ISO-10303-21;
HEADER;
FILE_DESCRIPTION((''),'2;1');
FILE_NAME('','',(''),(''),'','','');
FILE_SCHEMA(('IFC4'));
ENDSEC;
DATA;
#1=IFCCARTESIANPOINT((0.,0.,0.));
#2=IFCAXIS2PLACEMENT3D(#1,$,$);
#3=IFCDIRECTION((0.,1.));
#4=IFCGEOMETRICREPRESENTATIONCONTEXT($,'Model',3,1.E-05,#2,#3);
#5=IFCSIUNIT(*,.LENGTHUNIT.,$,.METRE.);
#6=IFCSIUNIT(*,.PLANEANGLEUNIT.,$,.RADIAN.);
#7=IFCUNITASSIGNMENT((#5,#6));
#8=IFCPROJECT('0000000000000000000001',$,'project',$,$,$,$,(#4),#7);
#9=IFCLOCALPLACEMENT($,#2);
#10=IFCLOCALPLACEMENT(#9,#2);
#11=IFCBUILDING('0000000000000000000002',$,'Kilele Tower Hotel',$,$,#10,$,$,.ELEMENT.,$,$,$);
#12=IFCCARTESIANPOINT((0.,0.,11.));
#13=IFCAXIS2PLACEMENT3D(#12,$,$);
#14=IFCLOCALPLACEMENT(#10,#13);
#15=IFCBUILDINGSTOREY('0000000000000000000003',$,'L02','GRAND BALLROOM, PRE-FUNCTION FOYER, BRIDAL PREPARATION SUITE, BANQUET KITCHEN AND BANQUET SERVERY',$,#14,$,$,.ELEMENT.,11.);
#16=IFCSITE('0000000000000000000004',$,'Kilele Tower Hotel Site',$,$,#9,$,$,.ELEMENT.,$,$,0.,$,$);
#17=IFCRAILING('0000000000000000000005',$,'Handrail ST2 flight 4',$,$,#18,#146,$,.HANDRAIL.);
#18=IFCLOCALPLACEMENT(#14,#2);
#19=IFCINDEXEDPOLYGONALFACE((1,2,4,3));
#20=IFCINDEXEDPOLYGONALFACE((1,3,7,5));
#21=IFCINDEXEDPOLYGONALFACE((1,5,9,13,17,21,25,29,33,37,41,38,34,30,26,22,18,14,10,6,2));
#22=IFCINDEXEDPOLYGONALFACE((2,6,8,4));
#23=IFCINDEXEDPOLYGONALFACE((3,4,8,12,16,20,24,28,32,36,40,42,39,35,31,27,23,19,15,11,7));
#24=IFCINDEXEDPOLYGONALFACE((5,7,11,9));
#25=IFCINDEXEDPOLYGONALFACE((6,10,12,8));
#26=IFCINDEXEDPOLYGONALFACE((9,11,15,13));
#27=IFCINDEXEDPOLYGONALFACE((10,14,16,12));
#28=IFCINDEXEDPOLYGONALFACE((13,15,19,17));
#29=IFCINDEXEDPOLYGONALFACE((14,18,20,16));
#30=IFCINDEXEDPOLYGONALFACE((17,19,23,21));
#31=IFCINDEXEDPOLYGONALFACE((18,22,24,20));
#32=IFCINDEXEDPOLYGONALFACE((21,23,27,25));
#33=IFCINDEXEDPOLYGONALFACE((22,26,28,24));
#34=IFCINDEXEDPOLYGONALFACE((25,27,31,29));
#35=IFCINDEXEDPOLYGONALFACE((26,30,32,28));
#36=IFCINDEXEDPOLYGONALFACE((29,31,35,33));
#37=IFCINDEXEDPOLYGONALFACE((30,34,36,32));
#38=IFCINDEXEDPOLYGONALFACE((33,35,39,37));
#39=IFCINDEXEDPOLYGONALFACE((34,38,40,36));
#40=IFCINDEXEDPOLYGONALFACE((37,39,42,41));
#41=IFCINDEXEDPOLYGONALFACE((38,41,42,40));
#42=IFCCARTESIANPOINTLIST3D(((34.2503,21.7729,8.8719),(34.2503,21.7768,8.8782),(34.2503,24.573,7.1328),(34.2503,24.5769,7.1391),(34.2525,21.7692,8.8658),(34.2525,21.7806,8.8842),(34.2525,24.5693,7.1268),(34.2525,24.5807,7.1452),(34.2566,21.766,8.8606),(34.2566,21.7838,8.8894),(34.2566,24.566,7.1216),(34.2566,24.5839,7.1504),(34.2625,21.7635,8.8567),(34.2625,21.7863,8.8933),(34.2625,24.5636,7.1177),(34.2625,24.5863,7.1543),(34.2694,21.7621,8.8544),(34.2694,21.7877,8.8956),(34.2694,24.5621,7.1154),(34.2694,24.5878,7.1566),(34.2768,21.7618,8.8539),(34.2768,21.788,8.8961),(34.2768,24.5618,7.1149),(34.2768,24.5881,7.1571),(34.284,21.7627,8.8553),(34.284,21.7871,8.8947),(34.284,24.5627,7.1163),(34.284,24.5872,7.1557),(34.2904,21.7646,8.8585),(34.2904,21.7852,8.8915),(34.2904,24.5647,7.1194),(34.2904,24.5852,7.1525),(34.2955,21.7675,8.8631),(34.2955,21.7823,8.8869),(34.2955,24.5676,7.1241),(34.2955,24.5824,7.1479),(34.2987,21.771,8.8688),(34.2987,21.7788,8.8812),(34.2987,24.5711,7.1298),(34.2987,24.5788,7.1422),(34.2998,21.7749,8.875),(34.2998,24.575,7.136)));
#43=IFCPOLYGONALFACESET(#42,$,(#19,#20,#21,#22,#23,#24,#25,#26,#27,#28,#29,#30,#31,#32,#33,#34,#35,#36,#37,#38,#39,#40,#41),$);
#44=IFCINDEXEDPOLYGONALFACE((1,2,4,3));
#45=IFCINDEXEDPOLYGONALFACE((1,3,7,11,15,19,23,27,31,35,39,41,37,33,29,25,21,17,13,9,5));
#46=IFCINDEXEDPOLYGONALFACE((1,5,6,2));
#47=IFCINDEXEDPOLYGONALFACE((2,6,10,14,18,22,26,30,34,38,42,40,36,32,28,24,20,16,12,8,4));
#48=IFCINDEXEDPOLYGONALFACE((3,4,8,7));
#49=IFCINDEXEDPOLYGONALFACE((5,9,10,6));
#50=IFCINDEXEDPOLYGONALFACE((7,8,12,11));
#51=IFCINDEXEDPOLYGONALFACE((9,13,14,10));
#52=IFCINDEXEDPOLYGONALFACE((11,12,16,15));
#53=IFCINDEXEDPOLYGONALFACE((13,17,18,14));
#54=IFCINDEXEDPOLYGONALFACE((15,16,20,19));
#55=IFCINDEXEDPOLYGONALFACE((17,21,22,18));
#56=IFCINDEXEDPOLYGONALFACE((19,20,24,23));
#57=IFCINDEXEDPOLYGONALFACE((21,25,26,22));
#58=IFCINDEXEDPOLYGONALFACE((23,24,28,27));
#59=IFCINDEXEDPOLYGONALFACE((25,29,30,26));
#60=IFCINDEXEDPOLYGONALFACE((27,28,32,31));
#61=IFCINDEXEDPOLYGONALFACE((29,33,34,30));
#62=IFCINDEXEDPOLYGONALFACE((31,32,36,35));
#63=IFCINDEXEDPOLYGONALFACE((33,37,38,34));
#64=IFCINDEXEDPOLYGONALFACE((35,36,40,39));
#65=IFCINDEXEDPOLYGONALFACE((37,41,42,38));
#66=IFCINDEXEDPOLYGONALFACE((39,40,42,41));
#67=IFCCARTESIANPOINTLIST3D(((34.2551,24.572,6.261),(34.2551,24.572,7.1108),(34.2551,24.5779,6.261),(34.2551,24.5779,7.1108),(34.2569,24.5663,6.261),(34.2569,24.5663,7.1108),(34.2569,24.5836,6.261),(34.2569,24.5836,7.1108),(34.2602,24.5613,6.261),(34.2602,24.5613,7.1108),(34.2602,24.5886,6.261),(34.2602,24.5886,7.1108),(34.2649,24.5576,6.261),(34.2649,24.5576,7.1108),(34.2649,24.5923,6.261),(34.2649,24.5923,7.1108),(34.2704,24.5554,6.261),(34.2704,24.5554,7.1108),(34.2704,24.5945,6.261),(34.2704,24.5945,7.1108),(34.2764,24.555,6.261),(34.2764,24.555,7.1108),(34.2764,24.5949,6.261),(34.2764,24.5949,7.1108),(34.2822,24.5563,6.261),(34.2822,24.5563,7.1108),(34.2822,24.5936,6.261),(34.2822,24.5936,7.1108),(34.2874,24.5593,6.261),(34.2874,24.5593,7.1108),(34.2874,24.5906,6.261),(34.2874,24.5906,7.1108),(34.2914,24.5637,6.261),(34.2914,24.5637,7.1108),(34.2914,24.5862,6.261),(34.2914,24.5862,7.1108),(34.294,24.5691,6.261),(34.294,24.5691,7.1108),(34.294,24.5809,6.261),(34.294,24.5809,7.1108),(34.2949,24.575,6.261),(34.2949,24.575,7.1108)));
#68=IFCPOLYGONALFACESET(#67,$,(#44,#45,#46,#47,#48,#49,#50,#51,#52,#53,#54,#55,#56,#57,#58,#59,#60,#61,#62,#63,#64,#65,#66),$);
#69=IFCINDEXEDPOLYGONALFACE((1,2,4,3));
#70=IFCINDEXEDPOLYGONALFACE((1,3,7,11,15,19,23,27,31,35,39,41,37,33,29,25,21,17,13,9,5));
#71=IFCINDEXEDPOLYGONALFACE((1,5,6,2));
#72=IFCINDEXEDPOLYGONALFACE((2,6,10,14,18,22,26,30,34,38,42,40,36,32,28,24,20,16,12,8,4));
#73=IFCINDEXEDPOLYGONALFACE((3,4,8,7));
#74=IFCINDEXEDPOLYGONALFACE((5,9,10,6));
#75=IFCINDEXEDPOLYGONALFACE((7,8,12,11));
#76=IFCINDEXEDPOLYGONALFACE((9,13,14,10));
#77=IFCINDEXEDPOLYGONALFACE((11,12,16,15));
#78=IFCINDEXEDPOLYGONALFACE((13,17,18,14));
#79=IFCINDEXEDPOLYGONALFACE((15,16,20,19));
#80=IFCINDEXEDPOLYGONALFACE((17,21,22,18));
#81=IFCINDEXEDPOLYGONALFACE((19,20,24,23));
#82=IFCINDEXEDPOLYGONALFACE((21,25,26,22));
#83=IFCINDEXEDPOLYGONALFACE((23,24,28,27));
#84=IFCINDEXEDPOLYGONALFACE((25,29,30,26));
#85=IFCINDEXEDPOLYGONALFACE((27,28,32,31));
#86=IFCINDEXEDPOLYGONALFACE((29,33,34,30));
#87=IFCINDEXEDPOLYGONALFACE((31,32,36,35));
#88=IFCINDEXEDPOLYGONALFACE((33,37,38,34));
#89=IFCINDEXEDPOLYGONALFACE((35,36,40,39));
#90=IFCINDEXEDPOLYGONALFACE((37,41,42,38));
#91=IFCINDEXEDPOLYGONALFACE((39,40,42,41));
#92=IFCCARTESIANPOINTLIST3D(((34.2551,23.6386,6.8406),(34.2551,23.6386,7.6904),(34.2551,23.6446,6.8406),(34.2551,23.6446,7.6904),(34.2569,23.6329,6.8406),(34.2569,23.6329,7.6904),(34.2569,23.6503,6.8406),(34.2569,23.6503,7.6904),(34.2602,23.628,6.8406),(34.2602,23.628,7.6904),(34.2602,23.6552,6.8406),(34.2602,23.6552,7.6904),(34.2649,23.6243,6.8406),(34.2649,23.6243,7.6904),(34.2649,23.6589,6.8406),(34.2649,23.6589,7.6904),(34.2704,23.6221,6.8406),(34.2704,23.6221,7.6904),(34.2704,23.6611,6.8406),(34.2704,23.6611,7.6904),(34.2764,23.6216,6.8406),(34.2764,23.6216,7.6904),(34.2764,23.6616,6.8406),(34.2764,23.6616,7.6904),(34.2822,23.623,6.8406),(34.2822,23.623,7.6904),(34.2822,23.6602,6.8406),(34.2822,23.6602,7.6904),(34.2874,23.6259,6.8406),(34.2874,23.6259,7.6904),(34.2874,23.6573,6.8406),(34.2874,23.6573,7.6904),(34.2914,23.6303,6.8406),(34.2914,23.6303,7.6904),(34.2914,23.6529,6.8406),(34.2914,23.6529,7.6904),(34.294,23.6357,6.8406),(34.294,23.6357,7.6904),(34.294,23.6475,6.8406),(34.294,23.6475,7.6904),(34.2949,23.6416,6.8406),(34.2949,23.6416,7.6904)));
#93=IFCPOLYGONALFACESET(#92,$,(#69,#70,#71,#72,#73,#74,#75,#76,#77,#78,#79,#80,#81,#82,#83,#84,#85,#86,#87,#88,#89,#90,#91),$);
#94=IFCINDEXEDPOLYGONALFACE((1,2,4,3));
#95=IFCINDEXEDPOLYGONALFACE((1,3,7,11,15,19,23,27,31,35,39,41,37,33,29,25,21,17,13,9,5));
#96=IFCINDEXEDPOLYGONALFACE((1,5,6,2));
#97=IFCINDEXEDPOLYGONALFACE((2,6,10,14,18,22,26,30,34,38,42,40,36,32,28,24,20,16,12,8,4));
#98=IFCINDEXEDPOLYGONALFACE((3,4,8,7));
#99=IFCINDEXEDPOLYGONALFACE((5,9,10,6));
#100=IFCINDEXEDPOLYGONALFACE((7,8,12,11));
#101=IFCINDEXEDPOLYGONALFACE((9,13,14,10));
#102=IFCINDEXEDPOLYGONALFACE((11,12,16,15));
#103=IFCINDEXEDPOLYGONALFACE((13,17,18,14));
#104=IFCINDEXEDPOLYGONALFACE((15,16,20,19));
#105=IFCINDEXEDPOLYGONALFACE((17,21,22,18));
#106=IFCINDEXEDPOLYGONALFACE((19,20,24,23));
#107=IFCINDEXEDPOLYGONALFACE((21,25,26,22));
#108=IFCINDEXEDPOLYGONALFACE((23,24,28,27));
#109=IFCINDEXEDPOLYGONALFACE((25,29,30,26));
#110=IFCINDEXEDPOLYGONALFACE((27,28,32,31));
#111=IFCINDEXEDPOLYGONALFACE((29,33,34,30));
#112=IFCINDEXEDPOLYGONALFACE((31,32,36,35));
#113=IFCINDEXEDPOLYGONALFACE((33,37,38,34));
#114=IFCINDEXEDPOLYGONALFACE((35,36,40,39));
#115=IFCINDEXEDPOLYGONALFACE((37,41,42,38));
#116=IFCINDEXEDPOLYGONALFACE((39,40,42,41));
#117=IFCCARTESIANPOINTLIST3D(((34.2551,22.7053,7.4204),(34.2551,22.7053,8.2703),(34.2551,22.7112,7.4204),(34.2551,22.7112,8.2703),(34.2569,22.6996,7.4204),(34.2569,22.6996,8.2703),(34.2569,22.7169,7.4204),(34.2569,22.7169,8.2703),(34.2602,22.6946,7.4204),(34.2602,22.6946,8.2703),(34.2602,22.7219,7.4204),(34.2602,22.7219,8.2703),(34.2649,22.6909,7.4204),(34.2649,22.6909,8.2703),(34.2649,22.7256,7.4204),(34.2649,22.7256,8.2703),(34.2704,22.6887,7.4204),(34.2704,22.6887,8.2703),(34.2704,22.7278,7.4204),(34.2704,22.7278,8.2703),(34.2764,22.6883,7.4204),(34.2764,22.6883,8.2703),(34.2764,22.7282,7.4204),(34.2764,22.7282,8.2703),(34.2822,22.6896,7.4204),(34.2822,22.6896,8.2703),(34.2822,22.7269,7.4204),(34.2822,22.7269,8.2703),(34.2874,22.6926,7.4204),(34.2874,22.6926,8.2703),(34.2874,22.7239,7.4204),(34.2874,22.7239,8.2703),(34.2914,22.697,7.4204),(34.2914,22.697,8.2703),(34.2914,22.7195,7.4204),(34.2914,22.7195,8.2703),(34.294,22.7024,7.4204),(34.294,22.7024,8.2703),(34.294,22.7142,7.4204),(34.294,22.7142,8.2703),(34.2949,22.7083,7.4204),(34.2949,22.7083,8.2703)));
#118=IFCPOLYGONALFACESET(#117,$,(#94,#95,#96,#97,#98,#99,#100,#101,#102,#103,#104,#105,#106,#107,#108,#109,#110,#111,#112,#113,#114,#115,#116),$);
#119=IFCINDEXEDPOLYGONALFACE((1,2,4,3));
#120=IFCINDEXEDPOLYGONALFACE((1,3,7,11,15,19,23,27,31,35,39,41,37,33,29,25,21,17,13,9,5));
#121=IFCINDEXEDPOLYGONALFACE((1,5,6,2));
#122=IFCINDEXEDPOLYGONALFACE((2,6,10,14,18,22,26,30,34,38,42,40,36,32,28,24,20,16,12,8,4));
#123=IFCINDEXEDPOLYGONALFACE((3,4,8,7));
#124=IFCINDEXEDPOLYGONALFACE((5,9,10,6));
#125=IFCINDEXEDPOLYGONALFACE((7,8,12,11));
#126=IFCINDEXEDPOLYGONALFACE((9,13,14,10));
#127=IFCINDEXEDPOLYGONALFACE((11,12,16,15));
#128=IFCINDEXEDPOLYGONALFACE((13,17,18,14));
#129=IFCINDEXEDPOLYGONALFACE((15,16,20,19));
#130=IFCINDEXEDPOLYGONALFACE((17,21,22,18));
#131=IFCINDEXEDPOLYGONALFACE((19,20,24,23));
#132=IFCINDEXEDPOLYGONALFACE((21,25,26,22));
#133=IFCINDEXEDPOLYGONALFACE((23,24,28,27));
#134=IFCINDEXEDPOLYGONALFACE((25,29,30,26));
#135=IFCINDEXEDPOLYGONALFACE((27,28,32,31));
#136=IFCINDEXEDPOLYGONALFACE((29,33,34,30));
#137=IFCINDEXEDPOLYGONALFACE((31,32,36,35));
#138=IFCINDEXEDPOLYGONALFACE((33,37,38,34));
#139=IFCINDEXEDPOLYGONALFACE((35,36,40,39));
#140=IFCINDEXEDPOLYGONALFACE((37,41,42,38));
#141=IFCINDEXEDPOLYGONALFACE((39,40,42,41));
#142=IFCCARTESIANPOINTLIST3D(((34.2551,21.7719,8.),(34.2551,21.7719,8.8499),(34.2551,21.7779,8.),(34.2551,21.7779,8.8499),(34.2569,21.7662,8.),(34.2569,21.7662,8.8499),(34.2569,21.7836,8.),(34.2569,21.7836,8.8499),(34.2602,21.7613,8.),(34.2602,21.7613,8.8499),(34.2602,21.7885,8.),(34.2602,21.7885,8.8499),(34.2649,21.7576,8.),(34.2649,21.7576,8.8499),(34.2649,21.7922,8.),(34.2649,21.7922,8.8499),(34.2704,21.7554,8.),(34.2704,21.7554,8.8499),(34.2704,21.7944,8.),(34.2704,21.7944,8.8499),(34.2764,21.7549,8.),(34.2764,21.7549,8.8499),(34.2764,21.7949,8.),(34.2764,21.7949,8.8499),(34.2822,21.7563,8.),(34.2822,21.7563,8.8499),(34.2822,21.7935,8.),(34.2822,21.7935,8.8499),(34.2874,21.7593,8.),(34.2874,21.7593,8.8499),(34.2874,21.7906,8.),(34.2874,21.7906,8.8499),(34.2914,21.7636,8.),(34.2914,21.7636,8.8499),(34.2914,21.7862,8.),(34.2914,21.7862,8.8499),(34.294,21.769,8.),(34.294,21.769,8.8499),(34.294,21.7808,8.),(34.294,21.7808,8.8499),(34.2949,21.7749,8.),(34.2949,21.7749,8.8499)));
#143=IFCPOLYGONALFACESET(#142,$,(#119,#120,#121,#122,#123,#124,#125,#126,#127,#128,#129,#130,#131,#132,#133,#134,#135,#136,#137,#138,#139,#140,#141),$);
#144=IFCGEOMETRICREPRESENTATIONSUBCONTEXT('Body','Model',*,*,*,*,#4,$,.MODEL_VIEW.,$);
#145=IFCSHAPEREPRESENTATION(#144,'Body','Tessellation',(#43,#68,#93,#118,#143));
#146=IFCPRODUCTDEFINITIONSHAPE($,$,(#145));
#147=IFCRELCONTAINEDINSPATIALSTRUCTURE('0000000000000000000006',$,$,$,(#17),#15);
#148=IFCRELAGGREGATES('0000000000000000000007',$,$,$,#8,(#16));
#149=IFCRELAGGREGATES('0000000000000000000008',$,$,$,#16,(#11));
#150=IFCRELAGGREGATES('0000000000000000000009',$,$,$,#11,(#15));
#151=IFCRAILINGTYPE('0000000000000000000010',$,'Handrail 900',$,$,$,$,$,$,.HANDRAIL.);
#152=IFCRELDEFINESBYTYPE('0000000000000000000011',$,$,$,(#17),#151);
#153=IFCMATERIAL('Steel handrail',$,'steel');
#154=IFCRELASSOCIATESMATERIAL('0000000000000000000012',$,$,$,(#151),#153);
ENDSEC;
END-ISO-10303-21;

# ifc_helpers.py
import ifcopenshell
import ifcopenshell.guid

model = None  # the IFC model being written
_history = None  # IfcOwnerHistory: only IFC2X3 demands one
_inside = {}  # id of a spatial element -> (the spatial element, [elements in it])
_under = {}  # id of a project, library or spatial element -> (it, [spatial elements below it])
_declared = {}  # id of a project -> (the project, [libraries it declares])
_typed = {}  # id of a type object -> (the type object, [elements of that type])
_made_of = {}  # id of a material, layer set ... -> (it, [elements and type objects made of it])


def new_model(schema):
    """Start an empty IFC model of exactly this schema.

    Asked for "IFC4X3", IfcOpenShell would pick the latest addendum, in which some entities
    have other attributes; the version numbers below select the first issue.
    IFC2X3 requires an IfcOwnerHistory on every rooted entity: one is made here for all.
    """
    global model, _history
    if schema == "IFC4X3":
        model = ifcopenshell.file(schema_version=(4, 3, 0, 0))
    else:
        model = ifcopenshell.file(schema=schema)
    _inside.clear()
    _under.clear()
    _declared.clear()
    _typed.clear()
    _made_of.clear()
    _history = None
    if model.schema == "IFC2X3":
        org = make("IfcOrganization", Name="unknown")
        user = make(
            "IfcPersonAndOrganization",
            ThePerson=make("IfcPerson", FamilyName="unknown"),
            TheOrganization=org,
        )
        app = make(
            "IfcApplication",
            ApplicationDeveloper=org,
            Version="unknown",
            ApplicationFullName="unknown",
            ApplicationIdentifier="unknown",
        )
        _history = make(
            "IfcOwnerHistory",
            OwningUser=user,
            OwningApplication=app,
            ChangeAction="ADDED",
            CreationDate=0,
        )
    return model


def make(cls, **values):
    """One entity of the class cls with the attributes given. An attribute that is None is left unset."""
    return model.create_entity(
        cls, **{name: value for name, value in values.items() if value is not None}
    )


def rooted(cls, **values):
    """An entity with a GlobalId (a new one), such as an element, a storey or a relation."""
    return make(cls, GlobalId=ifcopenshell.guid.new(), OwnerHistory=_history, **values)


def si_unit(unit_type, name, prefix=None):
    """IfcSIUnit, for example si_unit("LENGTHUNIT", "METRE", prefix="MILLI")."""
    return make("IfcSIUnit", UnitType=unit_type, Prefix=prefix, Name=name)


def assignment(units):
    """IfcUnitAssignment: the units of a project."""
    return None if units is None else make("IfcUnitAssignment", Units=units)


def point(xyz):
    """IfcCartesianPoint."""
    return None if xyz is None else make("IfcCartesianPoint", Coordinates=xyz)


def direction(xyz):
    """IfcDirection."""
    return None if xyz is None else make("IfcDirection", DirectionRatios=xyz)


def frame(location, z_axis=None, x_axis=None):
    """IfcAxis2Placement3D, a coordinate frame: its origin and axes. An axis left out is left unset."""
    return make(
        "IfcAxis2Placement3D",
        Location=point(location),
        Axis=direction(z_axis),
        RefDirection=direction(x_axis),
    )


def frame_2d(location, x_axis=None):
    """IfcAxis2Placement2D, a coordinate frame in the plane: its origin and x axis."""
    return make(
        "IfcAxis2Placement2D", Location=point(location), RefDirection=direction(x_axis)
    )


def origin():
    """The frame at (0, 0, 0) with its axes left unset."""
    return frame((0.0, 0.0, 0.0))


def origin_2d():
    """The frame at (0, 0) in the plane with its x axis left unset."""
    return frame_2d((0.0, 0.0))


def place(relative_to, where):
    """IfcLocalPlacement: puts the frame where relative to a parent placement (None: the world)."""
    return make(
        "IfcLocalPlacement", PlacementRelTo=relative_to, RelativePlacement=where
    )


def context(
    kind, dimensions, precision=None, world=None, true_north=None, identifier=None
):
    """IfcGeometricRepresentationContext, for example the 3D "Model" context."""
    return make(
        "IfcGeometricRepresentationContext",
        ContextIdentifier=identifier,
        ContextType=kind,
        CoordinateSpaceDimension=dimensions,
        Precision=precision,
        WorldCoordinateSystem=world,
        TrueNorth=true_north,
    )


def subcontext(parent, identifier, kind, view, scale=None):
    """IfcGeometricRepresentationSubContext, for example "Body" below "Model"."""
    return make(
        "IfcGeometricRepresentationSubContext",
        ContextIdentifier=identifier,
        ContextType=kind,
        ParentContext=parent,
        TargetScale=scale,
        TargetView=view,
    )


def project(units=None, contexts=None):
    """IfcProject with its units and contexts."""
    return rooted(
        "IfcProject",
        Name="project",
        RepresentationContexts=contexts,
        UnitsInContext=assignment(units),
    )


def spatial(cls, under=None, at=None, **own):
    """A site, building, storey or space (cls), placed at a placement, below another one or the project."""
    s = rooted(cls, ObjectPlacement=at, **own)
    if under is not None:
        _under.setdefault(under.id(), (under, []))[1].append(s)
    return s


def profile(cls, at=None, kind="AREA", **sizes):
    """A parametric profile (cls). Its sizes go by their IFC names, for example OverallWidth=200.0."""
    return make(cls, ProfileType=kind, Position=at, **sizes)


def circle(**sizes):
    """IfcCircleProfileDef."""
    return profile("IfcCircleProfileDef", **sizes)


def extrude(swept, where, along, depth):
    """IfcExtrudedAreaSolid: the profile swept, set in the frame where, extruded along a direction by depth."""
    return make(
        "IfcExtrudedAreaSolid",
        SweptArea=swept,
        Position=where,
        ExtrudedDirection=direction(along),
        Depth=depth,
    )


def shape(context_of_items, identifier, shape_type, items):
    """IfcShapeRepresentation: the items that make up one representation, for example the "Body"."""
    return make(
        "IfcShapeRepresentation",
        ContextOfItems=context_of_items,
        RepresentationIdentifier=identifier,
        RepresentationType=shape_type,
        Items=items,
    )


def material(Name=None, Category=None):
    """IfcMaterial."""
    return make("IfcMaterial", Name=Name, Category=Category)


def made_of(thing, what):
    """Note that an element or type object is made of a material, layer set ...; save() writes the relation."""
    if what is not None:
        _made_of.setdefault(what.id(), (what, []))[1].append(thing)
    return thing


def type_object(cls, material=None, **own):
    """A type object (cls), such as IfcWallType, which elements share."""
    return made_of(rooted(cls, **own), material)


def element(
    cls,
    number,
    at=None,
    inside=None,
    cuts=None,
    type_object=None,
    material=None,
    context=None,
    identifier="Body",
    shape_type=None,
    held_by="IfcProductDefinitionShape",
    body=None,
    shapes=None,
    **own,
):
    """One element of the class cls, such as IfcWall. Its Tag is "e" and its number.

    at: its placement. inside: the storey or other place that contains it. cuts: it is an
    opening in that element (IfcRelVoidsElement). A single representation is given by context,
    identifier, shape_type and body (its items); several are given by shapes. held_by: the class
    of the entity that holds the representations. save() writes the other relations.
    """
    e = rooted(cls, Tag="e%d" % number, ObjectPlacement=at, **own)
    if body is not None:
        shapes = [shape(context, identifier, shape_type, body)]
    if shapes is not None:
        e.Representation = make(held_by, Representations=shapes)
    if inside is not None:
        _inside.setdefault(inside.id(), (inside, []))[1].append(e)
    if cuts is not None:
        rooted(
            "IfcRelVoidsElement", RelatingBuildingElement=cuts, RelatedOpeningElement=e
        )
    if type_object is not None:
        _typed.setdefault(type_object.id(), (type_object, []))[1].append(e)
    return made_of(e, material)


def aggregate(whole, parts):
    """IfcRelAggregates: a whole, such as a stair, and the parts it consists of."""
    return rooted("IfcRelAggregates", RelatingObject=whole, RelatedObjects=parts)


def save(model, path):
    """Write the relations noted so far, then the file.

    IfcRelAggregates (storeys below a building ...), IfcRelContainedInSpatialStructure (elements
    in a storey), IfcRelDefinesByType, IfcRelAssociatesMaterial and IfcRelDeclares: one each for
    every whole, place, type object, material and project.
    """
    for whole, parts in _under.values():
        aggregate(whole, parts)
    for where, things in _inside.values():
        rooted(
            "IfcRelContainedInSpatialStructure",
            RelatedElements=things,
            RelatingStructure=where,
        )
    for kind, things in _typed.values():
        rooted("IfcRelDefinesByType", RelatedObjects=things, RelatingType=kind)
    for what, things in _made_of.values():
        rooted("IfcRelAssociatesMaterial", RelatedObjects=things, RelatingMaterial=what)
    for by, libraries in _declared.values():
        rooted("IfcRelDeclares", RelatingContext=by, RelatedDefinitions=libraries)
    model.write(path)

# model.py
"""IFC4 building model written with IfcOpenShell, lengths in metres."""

from ifc_helpers import new_model, si_unit, direction, frame, origin, origin_2d, place, context, subcontext, project, spatial, circle, extrude, material, type_object, element, save


model = new_model("IFC4")

# Units and contexts
model_context = context("Model", 3, precision=1e-05, world=origin(), true_north=direction((0.0, 1.0)))
body_context = subcontext(model_context, "Body", "Model", "MODEL_VIEW")
ifc_project = project(units=[si_unit("LENGTHUNIT", "METRE"), si_unit("PLANEANGLEUNIT", "RADIAN")], contexts=[model_context])

# Site, building, storey
site_placement = place(None, origin())
site = spatial("IfcSite", under=ifc_project, at=site_placement, Name="Kilele Tower Hotel Site", CompositionType="ELEMENT", RefElevation=0.0)
building_placement = place(site_placement, origin())
building = spatial("IfcBuilding", under=site, at=building_placement, Name="Kilele Tower Hotel", CompositionType="ELEMENT")
storey_placement = place(building_placement, frame((0.0, 0.0, 11.0)))
storey = spatial("IfcBuildingStorey", under=building, at=storey_placement, Name="L02", Description="GRAND BALLROOM, PRE-FUNCTION FOYER, BRIDAL PREPARATION SUITE, BANQUET KITCHEN AND BANQUET SERVERY", CompositionType="ELEMENT", Elevation=11.0)

# Railing
ifc_material_1 = material(Name="Steel handrail", Category="steel")
railing_type_1 = type_object("IfcRailingType", Name="Handrail 900", PredefinedType="HANDRAIL", material=ifc_material_1)
for number, where, name in (
    (1, (34.2749, 24.575, 6.261), "Handrail ST2 flight 4"),
):
    element("IfcRailing", number, at=place(storey_placement, frame(where)), inside=storey, type_object=railing_type_1, Name=name, PredefinedType="HANDRAIL", context=body_context, shape_type="SweptSolid", body=[
        extrude(circle(Radius=0.0249, at=origin_2d()), frame((0.0, 0.0, 0.875), z_axis=(0.0, -0.849497, 0.527593), x_axis=(1.0, 0.0, 0.0)), (0.0, 0.0, 1.0), 3.2961),
        extrude(circle(Radius=0.02, at=origin_2d()), origin(), (0.0, 0.0, 1.0), 0.8499),
        extrude(circle(Radius=0.02, at=origin_2d()), frame((0.0, -0.9333, 0.5796)), (0.0, 0.0, 1.0), 0.8499),
        extrude(circle(Radius=0.02, at=origin_2d()), frame((0.0, -1.8667, 1.1594)), (0.0, 0.0, 1.0), 0.8499),
        extrude(circle(Radius=0.02, at=origin_2d()), frame((0.0, -2.8, 1.739)), (0.0, 0.0, 1.0), 0.8499),
    ])

save(model, "model.ifc")
